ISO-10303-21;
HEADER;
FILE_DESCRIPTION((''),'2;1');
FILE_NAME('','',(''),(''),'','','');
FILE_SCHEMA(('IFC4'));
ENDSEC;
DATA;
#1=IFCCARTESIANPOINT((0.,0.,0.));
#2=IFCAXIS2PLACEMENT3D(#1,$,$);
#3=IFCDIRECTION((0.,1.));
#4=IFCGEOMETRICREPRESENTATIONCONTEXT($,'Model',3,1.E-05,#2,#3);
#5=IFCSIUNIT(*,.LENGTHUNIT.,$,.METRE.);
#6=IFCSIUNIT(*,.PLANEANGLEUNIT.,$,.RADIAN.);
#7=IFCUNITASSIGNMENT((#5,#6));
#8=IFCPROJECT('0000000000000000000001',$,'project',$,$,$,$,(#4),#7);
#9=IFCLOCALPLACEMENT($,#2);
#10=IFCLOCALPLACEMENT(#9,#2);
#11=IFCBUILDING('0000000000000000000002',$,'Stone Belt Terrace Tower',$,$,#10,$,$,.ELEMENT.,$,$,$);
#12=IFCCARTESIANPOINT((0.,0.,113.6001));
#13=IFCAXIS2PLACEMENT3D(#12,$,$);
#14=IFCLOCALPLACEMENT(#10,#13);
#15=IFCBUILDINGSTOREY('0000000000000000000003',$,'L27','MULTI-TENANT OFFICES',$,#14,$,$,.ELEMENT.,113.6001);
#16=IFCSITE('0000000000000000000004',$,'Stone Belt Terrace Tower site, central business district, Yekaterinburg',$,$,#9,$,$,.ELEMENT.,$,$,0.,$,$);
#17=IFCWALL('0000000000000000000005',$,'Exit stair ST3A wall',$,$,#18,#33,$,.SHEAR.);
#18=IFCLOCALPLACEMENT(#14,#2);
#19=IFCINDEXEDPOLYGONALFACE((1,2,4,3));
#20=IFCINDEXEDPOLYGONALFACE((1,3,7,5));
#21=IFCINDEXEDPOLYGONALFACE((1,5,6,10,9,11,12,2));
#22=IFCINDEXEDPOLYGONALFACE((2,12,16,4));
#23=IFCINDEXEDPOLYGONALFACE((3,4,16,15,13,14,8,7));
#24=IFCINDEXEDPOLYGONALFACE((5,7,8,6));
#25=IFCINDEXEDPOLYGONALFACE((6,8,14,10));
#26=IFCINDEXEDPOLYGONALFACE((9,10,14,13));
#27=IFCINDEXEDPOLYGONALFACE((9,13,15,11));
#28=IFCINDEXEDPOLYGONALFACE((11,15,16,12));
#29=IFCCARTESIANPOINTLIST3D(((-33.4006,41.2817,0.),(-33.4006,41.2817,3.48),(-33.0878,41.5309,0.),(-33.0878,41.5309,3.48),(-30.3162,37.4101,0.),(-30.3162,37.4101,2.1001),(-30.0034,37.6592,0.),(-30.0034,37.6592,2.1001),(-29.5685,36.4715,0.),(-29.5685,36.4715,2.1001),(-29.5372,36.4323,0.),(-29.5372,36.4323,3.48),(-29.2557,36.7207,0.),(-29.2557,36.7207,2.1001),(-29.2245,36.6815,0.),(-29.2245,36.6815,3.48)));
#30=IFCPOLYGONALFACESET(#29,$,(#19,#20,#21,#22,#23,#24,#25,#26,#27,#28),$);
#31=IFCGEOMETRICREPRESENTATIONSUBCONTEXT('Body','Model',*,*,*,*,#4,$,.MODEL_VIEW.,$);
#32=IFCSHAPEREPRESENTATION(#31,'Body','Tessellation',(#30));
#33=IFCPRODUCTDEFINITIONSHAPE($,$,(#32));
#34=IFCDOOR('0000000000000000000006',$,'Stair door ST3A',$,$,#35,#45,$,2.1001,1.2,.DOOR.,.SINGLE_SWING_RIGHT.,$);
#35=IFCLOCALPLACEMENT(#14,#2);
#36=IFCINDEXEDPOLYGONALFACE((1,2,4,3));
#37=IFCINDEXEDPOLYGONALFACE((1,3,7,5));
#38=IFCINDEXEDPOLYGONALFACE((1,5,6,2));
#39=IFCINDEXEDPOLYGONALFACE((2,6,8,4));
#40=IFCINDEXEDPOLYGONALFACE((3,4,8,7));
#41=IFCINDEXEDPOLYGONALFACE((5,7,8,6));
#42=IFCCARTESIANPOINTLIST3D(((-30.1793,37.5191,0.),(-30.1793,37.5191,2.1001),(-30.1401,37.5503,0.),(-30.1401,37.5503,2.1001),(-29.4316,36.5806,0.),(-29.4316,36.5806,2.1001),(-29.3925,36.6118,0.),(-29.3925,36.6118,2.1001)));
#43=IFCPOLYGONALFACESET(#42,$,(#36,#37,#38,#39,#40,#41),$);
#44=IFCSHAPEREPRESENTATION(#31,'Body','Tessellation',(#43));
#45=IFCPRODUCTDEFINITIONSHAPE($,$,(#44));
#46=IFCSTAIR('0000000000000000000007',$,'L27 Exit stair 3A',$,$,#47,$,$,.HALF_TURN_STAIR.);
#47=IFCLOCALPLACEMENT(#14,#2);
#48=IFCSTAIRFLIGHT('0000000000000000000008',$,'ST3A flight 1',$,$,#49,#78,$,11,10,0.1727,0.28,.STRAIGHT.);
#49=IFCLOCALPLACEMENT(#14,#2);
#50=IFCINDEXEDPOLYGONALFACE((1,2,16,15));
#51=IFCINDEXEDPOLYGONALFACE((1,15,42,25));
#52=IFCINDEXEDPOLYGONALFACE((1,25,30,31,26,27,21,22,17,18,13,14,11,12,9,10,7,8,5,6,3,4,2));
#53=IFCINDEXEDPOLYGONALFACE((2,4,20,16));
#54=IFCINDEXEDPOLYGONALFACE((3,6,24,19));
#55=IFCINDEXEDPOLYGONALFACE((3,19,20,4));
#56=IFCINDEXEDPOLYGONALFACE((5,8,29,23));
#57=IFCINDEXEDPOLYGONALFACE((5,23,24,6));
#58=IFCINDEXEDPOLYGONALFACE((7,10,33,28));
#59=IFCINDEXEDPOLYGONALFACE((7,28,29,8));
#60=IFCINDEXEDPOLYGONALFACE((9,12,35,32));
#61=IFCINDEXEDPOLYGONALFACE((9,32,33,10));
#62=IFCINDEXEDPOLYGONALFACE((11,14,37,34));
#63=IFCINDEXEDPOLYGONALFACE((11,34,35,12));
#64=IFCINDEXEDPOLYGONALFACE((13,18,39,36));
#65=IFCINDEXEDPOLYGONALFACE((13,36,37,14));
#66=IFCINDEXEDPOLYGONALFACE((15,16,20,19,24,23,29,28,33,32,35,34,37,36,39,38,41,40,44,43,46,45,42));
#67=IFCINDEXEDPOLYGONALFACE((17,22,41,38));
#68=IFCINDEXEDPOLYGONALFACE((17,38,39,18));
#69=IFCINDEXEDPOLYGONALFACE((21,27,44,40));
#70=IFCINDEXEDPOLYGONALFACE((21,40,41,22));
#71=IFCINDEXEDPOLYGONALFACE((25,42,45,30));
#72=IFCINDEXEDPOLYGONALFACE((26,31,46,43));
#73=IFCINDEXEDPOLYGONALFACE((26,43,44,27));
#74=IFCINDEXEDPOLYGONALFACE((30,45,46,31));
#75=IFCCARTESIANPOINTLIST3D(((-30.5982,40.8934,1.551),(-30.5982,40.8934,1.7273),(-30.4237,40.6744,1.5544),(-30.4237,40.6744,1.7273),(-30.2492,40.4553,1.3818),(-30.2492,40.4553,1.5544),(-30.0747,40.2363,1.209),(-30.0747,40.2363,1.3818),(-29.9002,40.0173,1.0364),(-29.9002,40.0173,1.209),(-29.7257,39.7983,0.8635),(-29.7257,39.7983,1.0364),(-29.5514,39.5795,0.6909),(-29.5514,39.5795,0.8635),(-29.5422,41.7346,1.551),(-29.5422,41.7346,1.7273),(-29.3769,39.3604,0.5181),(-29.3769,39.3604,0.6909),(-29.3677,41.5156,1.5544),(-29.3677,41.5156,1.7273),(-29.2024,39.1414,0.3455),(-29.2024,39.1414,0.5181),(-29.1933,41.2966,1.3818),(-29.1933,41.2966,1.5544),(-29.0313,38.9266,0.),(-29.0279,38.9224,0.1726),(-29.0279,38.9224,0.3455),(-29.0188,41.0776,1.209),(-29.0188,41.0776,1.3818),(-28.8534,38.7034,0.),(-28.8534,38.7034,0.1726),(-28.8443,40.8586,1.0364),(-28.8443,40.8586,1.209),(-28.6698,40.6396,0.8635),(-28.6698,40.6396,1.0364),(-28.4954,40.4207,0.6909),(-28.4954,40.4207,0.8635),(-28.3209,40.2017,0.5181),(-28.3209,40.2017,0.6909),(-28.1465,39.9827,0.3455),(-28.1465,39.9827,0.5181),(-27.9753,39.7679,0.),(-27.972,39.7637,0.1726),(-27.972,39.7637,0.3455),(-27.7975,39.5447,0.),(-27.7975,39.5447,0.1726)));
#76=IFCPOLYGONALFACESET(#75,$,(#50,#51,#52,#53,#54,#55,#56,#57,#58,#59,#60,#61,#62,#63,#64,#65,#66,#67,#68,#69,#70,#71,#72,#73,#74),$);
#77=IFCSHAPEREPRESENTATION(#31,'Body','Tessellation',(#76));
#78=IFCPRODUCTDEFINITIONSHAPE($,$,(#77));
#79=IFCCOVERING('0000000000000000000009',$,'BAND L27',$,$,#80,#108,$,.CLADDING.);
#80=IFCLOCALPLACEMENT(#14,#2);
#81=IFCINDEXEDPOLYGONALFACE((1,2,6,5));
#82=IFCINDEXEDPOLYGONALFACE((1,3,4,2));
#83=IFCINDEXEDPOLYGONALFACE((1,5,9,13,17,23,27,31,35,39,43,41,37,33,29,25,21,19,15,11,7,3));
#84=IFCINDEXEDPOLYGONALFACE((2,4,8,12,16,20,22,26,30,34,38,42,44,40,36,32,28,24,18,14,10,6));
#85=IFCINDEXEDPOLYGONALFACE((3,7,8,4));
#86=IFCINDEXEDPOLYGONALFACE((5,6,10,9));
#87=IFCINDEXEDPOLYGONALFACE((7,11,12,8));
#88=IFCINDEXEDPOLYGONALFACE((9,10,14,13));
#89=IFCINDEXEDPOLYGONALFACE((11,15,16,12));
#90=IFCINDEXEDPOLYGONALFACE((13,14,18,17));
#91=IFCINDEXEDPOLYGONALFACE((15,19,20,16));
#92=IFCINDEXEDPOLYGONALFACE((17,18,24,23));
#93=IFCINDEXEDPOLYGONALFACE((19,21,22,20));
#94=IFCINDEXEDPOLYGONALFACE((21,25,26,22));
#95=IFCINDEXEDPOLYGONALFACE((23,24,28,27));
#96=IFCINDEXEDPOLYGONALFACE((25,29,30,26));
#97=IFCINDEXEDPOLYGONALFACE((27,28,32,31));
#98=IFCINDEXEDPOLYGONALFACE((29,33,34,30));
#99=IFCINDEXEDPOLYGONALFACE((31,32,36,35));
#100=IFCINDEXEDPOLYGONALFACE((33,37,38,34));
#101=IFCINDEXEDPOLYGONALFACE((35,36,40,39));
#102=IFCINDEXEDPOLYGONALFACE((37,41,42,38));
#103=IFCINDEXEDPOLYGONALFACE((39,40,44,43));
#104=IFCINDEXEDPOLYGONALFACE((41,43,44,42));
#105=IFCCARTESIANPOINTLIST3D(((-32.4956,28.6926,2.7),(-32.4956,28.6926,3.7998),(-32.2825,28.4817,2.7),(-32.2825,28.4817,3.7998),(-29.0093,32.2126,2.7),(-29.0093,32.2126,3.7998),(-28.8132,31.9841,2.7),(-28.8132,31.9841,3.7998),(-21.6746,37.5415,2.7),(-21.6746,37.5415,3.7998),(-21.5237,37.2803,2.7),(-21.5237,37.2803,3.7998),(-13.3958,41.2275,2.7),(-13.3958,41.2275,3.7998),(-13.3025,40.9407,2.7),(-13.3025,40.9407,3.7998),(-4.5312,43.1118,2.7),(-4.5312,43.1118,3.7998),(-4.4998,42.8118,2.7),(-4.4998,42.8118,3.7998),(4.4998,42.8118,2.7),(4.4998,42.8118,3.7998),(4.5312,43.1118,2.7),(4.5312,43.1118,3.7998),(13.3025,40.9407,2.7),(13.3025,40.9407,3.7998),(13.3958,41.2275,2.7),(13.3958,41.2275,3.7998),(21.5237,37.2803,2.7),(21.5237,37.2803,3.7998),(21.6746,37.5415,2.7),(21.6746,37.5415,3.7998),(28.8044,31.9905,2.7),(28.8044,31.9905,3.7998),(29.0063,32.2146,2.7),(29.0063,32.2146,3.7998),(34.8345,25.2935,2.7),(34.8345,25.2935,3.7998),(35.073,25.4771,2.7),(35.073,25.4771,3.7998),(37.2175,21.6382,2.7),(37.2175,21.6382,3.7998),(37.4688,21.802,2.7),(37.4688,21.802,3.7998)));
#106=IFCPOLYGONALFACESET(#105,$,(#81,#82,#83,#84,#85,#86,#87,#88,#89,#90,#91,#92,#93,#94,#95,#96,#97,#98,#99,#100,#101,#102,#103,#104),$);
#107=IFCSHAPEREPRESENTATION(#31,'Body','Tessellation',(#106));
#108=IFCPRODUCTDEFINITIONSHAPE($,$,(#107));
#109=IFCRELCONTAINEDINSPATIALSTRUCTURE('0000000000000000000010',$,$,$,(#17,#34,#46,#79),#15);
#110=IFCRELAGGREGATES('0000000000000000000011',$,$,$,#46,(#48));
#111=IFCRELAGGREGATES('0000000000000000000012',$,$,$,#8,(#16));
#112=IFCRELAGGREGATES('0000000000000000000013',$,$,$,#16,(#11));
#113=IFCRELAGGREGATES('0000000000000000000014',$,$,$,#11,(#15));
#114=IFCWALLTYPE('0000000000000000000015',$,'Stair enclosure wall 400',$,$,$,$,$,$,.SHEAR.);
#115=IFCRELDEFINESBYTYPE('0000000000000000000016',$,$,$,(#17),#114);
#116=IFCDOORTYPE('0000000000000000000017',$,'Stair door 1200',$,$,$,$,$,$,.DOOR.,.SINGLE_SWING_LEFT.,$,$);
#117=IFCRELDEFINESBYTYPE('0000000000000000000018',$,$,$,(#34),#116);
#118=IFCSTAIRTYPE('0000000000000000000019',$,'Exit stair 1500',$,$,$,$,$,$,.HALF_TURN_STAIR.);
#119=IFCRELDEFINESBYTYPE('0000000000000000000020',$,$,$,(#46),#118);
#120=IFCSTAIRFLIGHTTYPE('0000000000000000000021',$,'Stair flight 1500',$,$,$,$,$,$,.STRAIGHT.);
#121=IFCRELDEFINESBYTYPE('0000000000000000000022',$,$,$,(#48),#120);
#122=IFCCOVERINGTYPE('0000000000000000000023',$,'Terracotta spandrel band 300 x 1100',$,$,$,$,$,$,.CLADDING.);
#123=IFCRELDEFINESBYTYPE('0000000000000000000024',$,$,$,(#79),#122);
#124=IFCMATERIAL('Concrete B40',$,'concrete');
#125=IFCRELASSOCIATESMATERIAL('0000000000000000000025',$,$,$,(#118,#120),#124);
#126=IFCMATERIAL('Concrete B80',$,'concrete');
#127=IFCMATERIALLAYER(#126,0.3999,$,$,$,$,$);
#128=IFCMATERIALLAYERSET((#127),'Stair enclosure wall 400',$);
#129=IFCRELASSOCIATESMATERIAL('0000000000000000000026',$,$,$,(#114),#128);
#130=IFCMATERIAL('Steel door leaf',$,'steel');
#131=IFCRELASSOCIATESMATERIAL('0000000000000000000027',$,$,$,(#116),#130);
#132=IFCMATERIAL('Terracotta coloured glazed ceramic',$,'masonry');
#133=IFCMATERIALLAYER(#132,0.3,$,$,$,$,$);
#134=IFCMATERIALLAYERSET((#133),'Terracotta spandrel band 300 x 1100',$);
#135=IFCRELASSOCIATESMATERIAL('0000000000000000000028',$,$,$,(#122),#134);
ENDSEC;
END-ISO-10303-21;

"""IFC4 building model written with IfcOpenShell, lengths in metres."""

from ifc_helpers import new_model, si_unit, direction, frame, frame_2d, origin, place, context, subcontext, project, spatial, polyline, rectangle, outline, extrude, material, layer, layer_set, type_object, element, fill, aggregate, save


model = new_model("IFC4")

# Units and contexts
model_context = context("Model", 3, precision=1e-05, world=origin(), true_north=direction((0.0, 1.0)))
body_context = subcontext(model_context, "Body", "Model", "MODEL_VIEW")
ifc_project = project(units=[si_unit("LENGTHUNIT", "METRE"), si_unit("PLANEANGLEUNIT", "RADIAN")], contexts=[model_context])

# Site, building, storey
site_placement = place(None, origin())
site = spatial("IfcSite", under=ifc_project, at=site_placement, Name="Stone Belt Terrace Tower site, central business district, Yekaterinburg", CompositionType="ELEMENT", RefElevation=0.0)
building_placement = place(site_placement, origin())
building = spatial("IfcBuilding", under=site, at=building_placement, Name="Stone Belt Terrace Tower", CompositionType="ELEMENT")
storey_placement = place(building_placement, frame((0.0, 0.0, 113.6001)))
storey = spatial("IfcBuildingStorey", under=building, at=storey_placement, Name="L27", Description="MULTI-TENANT OFFICES", CompositionType="ELEMENT", Elevation=113.6001)

# Shared definitions
ifc_material_1 = material(Name="Concrete B80", Category="concrete")

# Shared definitions
ifc_material_2 = material(Name="Concrete B40", Category="concrete")

# Shared definitions
stair_type = type_object("IfcStairType", Name="Exit stair 1500", PredefinedType="HALF_TURN_STAIR", material=ifc_material_2)

# Shared definitions
ifc_layer_1 = layer(ifc_material_1, 0.3999)
ifc_layer_set_1 = layer_set([ifc_layer_1], Name="Stair enclosure wall 400")
wall_type_1 = type_object("IfcWallType", Name="Stair enclosure wall 400", PredefinedType="SHEAR", material=ifc_layer_set_1)

# Wall, opening, door
wall_1_placement = place(storey_placement, frame((-29.3809, 36.5569, 0.0), z_axis=(0.0, 0.0, 1.0), x_axis=(-0.623099, 0.782143, 0.0)))
wall_1 = element("IfcWall", 1, at=wall_1_placement, inside=storey, type_object=wall_type_1, Name="Exit stair ST3A wall", PredefinedType="SHEAR", context=body_context, shape_type="SweptSolid", body=[
    extrude(rectangle(XDim=6.2002, YDim=0.3999, at=frame_2d((3.1001, 0.0))), origin(), (0.0, 0.0, 1.0), 3.48),
])
opening_1_placement = place(wall_1_placement, frame((0.05, 0.0, 0.0)))
opening_1 = element("IfcOpeningElement", 2, at=opening_1_placement, cuts=wall_1, PredefinedType="OPENING", context=body_context, shape_type="SweptSolid", body=[
    extrude(rectangle(XDim=1.2, YDim=2.1001, at=frame_2d((0.6001, 1.05))), frame((0.0, 0.21, 0.0), z_axis=(0.0, -1.0, 0.0), x_axis=(1.0, 0.0, 0.0)), (0.0, 0.0, 1.0), 0.4199),
])
ifc_material_3 = material(Name="Steel door leaf", Category="steel")
door_type_1 = type_object("IfcDoorType", Name="Stair door 1200", OperationType="SINGLE_SWING_LEFT", PredefinedType="DOOR", material=ifc_material_3)
door_1_placement = place(opening_1_placement, origin())
door_1 = element("IfcDoor", 3, at=door_1_placement, inside=storey, type_object=door_type_1, Name="Stair door ST3A", OperationType="SINGLE_SWING_RIGHT", OverallHeight=2.1001, OverallWidth=1.2, PredefinedType="DOOR", context=body_context, shape_type="SweptSolid", body=[
    extrude(rectangle(XDim=1.2, YDim=2.1001, at=frame_2d((0.6001, 1.05))), frame((0.0, 0.0249, 0.0), z_axis=(0.0, -1.0, 0.0), x_axis=(1.0, 0.0, 0.0)), (0.0, 0.0, 1.0), 0.05),
])
fill(opening_1, door_1)

# Stair, stair flight
stair_1_placement = place(storey_placement, origin())
stair_1 = element("IfcStair", 4, at=stair_1_placement, inside=storey, type_object=stair_type, Name="L27 Exit stair 3A", PredefinedType="HALF_TURN_STAIR")
stair_flight_type = type_object("IfcStairFlightType", Name="Stair flight 1500", PredefinedType="STRAIGHT", material=ifc_material_2)
stair_flight_placement = place(storey_placement, frame((-28.3254, 39.124, 0.0), z_axis=(0.0, 0.0, 1.0), x_axis=(-0.623121, 0.782125, 0.0)))
stair_flight = element("IfcStairFlight", 5, at=stair_flight_placement, type_object=stair_flight_type, Name="ST3A flight 1", NumberOfRisers=11, NumberOfTreads=10, PredefinedType="STRAIGHT", RiserHeight=0.1727, TreadLength=0.28, context=body_context, shape_type="SweptSolid", body=[
    extrude(outline(polyline([(0.0, 0.0), (0.0, 0.1726), (0.28, 0.1726), (0.28, 0.3455), (0.5601, 0.3455), (0.5601, 0.5181), (0.8401, 0.5181), (0.8401, 0.6909), (1.1201, 0.6909), (1.1201, 0.8635), (1.3999, 0.8635), (1.3999, 1.0364), (1.6799, 1.0364), (1.6799, 1.209), (1.96, 1.209), (1.96, 1.3818), (2.24, 1.3818), (2.24, 1.5544), (2.52, 1.5544), (2.52, 1.7273), (2.8, 1.7273), (2.8, 1.8999), (2.8, 1.551), (0.2854, 0.0), (0.0, 0.0)])), frame((0.0, 0.675, 0.0), z_axis=(0.0, -1.0, 0.0), x_axis=(1.0, 0.0, 0.0)), (0.0, 0.0, 1.0), 1.3501),
])
aggregate(stair_1, [stair_flight])

# Covering
ifc_material_4 = material(Name="Terracotta coloured glazed ceramic", Category="masonry")
ifc_layer_2 = layer(ifc_material_4, 0.3)
ifc_layer_set_2 = layer_set([ifc_layer_2], Name="Terracotta spandrel band 300 x 1100")
covering_type = type_object("IfcCoveringType", Name="Terracotta spandrel band 300 x 1100", PredefinedType="CLADDING", material=ifc_layer_set_2)
covering_placement = place(storey_placement, frame((0.0, 0.0, 2.7)))
element("IfcCovering", 6, at=covering_placement, inside=storey, type_object=covering_type, Name="BAND L27", PredefinedType="CLADDING", context=body_context, shape_type="SweptSolid", body=[
    extrude(outline(polyline([(-32.4956, 28.6926), (-29.0093, 32.2126), (-21.6746, 37.5415), (-13.3958, 41.2275), (-4.5312, 43.1118), (4.5312, 43.1118), (13.3958, 41.2275), (21.6746, 37.5415), (29.0063, 32.2146), (35.073, 25.4771), (37.4688, 21.802), (37.2175, 21.6382), (34.8345, 25.2935), (28.8044, 31.9905), (21.5237, 37.2803), (13.3025, 40.9407), (4.4998, 42.8118), (-4.4998, 42.8118), (-13.3025, 40.9407), (-21.5237, 37.2803), (-28.8132, 31.9841), (-32.2825, 28.4817), (-32.4956, 28.6926)])), origin(), (0.0, 0.0, 1.0), 1.0999),
])

save(model, "model.ifc")
